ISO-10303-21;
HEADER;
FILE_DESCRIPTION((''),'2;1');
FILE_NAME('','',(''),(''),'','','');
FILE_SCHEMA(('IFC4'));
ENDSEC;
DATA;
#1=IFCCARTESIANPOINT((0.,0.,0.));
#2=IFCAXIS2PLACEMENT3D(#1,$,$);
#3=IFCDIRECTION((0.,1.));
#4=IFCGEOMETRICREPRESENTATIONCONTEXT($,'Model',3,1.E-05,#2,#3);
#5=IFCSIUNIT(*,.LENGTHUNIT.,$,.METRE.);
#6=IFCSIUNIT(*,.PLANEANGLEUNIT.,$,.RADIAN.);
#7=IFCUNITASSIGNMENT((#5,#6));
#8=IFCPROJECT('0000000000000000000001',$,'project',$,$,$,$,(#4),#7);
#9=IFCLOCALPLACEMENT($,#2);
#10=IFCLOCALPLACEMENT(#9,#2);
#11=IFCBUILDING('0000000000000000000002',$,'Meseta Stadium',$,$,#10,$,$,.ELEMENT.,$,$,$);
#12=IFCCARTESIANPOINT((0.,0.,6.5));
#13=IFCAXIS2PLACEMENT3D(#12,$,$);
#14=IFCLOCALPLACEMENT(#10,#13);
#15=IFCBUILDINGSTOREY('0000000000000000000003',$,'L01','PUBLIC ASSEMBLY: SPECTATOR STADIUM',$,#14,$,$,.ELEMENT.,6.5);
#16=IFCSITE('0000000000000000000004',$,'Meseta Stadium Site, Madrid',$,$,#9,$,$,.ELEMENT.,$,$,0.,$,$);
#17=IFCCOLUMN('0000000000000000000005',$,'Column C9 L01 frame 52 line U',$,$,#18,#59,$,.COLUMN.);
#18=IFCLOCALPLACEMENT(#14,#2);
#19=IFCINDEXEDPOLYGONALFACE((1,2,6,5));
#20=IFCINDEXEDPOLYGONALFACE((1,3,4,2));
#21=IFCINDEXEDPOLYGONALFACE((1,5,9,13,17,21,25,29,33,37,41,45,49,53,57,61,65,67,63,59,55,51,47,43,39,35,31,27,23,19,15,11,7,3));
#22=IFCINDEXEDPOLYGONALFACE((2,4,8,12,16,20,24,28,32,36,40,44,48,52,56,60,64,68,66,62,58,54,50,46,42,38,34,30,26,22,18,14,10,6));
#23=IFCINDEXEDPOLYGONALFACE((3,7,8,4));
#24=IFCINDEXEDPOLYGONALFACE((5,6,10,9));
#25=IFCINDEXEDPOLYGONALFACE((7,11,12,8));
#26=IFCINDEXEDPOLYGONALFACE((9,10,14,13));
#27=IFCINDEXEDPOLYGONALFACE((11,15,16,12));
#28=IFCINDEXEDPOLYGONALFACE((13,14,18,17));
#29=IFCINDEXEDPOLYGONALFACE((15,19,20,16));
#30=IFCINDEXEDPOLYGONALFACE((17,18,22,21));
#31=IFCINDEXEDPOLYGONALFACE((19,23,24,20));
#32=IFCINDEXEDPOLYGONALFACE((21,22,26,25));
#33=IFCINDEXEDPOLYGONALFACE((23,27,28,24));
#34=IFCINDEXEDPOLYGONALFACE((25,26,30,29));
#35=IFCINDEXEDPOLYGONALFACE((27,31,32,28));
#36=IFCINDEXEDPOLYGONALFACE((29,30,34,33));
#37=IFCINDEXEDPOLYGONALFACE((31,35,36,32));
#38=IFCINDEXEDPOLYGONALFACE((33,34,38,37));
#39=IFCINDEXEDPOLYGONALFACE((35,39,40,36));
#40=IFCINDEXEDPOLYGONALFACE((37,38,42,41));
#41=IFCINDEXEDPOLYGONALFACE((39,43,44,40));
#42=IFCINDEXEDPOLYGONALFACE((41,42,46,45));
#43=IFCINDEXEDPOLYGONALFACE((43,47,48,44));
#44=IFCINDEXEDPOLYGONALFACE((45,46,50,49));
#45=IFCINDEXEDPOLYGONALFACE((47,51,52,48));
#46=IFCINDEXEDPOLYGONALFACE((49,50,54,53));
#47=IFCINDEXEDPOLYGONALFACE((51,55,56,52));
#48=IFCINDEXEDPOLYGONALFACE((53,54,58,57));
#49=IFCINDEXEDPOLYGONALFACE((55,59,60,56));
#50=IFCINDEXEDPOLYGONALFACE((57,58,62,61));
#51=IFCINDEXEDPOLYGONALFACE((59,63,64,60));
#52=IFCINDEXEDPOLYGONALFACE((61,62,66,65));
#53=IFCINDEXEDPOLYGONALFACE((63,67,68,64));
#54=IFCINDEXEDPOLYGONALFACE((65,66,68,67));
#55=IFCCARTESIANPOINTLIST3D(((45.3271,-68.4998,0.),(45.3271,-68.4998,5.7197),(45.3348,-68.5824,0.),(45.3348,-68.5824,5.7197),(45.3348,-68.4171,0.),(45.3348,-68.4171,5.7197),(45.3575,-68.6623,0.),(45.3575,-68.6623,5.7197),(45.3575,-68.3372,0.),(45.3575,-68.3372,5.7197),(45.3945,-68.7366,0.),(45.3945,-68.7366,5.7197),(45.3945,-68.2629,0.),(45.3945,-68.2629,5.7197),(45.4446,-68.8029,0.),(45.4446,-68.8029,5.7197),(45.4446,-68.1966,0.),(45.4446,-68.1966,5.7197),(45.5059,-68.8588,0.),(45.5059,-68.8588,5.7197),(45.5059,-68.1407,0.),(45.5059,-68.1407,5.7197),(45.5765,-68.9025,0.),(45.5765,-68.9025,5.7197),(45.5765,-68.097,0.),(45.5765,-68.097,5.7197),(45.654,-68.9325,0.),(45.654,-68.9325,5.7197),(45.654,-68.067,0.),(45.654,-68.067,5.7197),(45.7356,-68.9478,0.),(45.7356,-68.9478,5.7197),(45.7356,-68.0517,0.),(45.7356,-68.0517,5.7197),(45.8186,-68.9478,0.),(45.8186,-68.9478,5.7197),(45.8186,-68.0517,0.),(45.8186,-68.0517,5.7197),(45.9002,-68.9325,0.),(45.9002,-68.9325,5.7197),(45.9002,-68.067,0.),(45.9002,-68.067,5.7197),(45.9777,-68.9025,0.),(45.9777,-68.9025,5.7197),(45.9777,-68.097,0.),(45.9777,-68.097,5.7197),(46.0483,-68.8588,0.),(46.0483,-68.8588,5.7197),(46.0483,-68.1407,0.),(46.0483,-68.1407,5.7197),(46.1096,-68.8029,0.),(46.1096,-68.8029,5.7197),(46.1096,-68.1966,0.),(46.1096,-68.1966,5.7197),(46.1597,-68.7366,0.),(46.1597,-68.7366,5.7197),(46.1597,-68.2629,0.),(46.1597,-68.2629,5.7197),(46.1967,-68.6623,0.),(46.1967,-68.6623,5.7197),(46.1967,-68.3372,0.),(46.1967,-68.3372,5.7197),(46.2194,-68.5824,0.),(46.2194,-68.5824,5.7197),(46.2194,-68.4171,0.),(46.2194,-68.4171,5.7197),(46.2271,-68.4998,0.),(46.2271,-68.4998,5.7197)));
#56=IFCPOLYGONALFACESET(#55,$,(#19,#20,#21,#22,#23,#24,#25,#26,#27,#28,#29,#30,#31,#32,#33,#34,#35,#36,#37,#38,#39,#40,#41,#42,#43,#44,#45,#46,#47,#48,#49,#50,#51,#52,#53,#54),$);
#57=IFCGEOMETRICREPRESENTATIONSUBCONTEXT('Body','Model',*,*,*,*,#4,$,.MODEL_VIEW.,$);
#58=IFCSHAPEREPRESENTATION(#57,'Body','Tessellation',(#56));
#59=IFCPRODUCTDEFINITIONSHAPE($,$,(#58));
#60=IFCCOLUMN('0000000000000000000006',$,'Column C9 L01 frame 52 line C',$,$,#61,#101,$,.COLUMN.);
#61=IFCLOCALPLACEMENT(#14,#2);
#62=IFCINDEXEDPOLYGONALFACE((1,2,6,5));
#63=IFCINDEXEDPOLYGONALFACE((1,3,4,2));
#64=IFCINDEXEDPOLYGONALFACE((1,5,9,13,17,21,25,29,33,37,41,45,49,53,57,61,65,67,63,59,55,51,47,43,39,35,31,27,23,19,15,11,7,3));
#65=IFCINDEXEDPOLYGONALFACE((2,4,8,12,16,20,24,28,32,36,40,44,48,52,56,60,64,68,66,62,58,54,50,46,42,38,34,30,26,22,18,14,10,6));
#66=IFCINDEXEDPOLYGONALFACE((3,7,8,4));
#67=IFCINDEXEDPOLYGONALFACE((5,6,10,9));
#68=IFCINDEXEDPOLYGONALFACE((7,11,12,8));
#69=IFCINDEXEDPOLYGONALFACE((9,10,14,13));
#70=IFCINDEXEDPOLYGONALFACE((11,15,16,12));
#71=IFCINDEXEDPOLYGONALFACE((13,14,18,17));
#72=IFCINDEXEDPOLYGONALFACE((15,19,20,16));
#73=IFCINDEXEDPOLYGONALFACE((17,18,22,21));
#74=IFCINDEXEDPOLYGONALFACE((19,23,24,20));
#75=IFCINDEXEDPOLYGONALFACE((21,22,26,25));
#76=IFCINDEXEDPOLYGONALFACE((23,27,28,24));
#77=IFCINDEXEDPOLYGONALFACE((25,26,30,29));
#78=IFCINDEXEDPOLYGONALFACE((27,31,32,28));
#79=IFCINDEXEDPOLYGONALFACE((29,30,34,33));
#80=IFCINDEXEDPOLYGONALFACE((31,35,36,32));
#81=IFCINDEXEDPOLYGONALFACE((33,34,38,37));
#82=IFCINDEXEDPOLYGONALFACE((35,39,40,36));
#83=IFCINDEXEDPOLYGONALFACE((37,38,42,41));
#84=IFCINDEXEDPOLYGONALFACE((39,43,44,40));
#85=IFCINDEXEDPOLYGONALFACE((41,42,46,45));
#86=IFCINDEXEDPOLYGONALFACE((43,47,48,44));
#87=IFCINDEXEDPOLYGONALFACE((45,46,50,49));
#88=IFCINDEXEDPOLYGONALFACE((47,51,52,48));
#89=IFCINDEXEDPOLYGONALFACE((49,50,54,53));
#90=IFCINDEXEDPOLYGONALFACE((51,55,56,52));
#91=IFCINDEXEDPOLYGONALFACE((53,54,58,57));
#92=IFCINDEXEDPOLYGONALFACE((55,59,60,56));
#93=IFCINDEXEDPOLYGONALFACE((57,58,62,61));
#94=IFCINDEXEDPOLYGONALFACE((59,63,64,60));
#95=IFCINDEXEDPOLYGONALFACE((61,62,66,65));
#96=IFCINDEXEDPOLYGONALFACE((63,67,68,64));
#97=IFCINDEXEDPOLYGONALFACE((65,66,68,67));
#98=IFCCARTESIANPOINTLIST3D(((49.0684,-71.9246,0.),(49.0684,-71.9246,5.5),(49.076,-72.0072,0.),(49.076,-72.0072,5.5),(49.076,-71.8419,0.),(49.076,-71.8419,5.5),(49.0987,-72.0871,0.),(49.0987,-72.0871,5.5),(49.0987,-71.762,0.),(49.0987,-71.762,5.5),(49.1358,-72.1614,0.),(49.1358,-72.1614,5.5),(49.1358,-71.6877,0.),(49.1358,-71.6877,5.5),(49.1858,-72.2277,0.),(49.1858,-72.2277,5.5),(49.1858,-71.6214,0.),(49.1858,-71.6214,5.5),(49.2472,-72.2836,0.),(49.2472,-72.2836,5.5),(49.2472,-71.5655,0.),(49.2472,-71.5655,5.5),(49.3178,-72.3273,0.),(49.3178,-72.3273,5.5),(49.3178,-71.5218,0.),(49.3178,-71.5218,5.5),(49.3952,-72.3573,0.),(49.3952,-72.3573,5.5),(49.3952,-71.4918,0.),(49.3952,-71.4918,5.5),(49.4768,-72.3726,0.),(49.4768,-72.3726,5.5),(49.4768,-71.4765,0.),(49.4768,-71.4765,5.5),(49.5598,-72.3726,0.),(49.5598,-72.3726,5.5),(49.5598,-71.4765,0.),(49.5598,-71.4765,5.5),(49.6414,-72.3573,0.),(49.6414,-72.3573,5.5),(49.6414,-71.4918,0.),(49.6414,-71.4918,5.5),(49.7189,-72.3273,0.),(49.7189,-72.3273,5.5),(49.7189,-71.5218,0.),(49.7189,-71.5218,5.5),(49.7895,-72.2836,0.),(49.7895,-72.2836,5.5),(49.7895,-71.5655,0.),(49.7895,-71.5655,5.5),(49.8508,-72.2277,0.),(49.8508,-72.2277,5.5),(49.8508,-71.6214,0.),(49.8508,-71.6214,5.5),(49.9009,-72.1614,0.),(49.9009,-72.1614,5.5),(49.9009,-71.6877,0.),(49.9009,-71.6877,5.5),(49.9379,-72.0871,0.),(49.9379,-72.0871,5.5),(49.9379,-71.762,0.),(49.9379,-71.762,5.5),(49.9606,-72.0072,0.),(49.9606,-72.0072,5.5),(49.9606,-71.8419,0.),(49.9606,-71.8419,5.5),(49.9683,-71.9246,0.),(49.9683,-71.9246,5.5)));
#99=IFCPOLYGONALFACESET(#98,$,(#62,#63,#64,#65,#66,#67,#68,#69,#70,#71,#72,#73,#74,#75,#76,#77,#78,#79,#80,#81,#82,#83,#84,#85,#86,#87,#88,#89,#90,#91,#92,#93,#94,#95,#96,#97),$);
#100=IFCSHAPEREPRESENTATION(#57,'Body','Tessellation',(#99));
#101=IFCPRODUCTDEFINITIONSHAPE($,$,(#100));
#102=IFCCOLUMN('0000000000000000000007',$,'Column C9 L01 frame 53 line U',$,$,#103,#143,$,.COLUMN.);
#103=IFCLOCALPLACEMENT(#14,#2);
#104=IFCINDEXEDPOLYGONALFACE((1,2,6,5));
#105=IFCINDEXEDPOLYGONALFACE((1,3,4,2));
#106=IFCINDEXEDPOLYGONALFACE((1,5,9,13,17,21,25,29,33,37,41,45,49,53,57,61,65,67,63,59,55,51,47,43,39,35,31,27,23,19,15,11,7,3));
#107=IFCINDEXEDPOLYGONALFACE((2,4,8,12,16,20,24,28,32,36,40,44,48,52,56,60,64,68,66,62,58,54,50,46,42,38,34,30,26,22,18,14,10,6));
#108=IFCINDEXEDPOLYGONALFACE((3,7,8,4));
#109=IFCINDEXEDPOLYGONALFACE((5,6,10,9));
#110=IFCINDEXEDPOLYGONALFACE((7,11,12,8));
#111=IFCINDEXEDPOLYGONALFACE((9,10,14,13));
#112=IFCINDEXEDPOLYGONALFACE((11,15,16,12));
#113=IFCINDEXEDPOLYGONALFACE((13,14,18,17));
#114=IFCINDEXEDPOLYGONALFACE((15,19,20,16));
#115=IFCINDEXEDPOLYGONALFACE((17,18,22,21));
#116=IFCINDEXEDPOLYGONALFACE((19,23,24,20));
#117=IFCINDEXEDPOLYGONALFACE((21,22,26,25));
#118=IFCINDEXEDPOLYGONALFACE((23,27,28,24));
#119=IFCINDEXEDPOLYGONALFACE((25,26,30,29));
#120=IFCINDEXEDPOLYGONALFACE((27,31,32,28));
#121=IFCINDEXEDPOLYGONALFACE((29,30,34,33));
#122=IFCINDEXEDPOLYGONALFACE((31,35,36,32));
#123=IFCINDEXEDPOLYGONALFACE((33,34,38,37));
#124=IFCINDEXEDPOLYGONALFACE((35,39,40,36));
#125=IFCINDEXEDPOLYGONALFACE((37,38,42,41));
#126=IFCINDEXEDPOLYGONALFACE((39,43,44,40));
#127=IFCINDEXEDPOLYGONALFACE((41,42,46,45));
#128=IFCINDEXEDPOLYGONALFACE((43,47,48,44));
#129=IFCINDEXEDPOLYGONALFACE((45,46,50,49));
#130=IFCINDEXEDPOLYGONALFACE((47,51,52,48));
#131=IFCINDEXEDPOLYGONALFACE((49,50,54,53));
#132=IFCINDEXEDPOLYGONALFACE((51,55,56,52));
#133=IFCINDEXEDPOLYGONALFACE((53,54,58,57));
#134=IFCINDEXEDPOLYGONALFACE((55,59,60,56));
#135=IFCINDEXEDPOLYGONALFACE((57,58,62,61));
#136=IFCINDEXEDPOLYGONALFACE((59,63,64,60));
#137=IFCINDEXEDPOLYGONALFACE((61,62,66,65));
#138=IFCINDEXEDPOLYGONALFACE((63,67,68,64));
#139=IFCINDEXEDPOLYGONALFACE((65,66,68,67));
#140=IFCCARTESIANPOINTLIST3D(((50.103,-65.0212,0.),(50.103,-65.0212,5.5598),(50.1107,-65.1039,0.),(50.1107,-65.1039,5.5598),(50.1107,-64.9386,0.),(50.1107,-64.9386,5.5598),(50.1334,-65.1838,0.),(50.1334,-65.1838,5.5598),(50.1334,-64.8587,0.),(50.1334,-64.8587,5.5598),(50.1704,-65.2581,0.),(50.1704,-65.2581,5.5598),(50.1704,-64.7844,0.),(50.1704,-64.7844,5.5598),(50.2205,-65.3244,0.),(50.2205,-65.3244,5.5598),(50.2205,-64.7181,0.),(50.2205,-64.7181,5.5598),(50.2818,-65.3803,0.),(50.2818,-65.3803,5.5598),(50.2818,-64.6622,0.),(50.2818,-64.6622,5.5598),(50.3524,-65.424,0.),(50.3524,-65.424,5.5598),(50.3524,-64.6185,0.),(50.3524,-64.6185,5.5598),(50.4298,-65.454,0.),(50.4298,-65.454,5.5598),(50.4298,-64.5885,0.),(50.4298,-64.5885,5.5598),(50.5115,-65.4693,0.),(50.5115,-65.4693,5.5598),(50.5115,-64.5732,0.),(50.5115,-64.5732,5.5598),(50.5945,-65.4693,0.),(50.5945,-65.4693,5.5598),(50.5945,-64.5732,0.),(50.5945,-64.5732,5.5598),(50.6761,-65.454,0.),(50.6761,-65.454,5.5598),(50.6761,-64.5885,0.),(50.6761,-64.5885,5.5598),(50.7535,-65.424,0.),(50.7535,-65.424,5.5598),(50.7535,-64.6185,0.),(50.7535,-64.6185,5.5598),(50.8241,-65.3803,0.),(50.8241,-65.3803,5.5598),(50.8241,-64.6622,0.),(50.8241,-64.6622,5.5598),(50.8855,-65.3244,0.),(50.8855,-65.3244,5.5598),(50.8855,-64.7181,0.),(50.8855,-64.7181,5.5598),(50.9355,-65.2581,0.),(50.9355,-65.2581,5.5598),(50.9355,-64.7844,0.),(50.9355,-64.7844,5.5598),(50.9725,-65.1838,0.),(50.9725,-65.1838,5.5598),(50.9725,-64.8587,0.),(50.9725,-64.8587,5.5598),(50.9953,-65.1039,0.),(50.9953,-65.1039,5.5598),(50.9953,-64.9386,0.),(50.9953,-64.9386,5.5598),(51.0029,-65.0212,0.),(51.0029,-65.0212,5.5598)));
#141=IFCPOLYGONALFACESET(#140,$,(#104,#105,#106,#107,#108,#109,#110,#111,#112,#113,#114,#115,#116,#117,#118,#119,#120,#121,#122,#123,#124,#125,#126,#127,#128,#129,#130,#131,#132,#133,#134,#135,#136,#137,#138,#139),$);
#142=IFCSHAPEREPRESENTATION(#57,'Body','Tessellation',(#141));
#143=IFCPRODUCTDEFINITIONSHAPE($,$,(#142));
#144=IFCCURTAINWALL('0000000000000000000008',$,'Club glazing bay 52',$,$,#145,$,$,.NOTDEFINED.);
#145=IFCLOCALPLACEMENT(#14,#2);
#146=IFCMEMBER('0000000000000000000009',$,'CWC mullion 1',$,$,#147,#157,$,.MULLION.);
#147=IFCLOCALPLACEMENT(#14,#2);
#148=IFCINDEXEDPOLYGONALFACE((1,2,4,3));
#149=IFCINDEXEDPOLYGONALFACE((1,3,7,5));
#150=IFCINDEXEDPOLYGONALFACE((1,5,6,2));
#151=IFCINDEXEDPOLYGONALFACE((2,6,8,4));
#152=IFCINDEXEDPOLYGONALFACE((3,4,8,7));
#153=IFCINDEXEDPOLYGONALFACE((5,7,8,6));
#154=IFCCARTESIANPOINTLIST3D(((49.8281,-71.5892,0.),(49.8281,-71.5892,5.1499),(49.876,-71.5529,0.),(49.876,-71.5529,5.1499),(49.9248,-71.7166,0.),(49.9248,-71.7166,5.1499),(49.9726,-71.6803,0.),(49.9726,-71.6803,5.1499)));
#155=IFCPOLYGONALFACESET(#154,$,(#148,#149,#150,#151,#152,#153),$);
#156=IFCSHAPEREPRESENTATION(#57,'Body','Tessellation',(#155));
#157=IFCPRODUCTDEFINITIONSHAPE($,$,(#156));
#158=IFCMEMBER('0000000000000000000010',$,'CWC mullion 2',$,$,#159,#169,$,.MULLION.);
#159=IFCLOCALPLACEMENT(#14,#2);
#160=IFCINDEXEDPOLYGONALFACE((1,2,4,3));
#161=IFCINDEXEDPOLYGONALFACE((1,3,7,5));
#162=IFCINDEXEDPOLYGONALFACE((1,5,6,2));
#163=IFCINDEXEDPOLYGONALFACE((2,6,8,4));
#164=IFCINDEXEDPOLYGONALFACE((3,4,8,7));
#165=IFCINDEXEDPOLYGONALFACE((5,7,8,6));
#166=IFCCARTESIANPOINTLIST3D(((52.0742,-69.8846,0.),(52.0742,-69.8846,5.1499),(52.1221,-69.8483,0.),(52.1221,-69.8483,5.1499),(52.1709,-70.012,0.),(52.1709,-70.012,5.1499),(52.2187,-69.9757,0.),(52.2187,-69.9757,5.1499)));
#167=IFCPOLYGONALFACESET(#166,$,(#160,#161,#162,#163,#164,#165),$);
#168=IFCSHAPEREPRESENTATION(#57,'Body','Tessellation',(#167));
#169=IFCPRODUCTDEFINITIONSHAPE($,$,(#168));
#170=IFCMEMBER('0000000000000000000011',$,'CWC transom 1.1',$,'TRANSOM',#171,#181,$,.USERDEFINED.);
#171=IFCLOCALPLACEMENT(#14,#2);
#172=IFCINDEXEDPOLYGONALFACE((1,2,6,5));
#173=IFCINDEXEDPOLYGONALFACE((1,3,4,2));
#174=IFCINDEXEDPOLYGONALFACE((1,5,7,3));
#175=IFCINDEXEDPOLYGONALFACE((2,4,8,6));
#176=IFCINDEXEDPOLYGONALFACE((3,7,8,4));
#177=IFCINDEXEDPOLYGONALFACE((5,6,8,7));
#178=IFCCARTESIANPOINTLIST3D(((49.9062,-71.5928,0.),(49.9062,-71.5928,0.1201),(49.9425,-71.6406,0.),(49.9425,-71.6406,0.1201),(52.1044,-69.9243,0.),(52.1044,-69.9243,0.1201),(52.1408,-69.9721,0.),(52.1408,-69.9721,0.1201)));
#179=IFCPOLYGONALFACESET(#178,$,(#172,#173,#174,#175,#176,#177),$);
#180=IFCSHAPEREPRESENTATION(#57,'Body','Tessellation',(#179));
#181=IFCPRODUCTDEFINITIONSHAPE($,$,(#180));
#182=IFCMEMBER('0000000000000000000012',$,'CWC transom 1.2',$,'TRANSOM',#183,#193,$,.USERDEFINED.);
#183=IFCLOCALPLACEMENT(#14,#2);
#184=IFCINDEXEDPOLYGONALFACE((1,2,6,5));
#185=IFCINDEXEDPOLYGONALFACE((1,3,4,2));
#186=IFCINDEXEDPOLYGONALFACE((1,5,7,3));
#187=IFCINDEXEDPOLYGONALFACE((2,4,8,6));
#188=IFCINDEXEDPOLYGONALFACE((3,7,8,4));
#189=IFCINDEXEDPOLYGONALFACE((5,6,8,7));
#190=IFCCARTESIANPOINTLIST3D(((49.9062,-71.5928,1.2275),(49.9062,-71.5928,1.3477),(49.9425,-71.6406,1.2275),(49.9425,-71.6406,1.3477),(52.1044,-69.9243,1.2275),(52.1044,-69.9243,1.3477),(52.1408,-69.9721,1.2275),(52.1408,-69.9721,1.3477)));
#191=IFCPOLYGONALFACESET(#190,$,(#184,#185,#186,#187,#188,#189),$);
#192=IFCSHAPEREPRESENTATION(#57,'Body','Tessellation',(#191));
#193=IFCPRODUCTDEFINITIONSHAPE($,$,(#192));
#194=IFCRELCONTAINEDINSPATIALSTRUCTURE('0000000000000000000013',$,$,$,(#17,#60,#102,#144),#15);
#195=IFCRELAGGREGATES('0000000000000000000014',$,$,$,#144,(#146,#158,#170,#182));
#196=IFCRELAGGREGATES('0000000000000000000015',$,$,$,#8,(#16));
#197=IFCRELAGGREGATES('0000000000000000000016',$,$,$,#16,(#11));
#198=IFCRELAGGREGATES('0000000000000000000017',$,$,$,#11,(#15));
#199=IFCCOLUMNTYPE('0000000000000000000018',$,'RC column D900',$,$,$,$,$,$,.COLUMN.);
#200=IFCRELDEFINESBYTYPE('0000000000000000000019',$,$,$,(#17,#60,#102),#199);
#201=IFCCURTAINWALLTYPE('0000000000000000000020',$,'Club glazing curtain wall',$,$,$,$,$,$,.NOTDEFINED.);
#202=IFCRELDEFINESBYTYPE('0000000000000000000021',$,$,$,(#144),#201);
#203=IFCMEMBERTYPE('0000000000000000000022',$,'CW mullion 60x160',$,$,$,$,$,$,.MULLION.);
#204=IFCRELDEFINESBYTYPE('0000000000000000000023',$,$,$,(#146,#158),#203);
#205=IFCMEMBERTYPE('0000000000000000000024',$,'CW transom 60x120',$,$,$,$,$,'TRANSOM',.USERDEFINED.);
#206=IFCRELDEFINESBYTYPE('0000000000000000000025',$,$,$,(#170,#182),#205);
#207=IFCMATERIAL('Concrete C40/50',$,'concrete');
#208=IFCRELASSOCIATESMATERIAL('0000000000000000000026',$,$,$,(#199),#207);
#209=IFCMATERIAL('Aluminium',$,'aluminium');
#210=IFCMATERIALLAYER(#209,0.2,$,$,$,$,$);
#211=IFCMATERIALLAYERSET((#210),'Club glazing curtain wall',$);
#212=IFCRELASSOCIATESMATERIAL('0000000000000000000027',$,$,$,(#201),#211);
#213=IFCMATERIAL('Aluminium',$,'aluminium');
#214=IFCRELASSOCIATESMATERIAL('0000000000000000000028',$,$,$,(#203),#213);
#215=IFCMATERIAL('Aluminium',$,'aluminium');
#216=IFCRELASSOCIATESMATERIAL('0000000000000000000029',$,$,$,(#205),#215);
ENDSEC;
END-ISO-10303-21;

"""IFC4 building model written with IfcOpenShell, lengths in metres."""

from ifc_helpers import new_model, si_unit, direction, frame, origin, origin_2d, place, context, subcontext, project, spatial, rectangle, circle, extrude, material, layer, layer_set, material_profile, profile_set, type_object, element, aggregate, save


model = new_model("IFC4")

# Units and contexts
model_context = context("Model", 3, precision=1e-05, world=origin(), true_north=direction((0.0, 1.0)))
body_context = subcontext(model_context, "Body", "Model", "MODEL_VIEW")
ifc_project = project(units=[si_unit("LENGTHUNIT", "METRE"), si_unit("PLANEANGLEUNIT", "RADIAN")], contexts=[model_context])

# Site, building, storey
site_placement = place(None, origin())
site = spatial("IfcSite", under=ifc_project, at=site_placement, Name="Meseta Stadium Site, Madrid", CompositionType="ELEMENT", RefElevation=0.0)
building_placement = place(site_placement, origin())
building = spatial("IfcBuilding", under=site, at=building_placement, Name="Meseta Stadium", CompositionType="ELEMENT")
storey_placement = place(building_placement, frame((0.0, 0.0, 6.5)))
storey = spatial("IfcBuildingStorey", under=building, at=storey_placement, Name="L01", Description="PUBLIC ASSEMBLY: SPECTATOR STADIUM", CompositionType="ELEMENT", Elevation=6.5)

# Columns
ifc_material_1 = material(Name="Concrete C40/50", Category="concrete")
ifc_material_profile_1 = material_profile(ifc_material_1, circle(Radius=0.45, at=origin_2d()), Name="RC D900")
ifc_profile_set_1 = profile_set([ifc_material_profile_1], Name="Concrete C40/50")
column_type = type_object("IfcColumnType", Name="RC column D900", PredefinedType="COLUMN", material=ifc_profile_set_1)
column_1_placement = place(storey_placement, frame((45.7771, -68.4998, 0.0), z_axis=(0.0, 0.0, 1.0), x_axis=(1.0, 0.0, 0.0)))
element("IfcColumn", 1, at=column_1_placement, inside=storey, type_object=column_type, Name="Column C9 L01 frame 52 line U", PredefinedType="COLUMN", context=body_context, shape_type="SweptSolid", body=[
    extrude(circle(Radius=0.45, at=origin_2d()), origin(), (0.0, 0.0, 1.0), 5.7197),
])
column_2_placement = place(storey_placement, frame((49.5183, -71.9246, 0.0), z_axis=(0.0, 0.0, 1.0), x_axis=(1.0, 0.0, 0.0)))
element("IfcColumn", 2, at=column_2_placement, inside=storey, type_object=column_type, Name="Column C9 L01 frame 52 line C", PredefinedType="COLUMN", context=body_context, shape_type="SweptSolid", body=[
    extrude(circle(Radius=0.45, at=origin_2d()), origin(), (0.0, 0.0, 1.0), 5.5),
])
column_3_placement = place(storey_placement, frame((50.553, -65.0212, 0.0), z_axis=(0.0, 0.0, 1.0), x_axis=(1.0, 0.0, 0.0)))
element("IfcColumn", 3, at=column_3_placement, inside=storey, type_object=column_type, Name="Column C9 L01 frame 53 line U", PredefinedType="COLUMN", context=body_context, shape_type="SweptSolid", body=[
    extrude(circle(Radius=0.45, at=origin_2d()), origin(), (0.0, 0.0, 1.0), 5.5598),
])

# Curtain wall, members
ifc_material_2 = material(Name="Aluminium", Category="aluminium")
ifc_layer_1 = layer(ifc_material_2, 0.2)
ifc_layer_set_1 = layer_set([ifc_layer_1], Name="Club glazing curtain wall")
curtain_wall_type = type_object("IfcCurtainWallType", Name="Club glazing curtain wall", PredefinedType="NOTDEFINED", material=ifc_layer_set_1)
curtain_wall_placement = place(storey_placement, origin())
curtain_wall = element("IfcCurtainWall", 4, at=curtain_wall_placement, inside=storey, type_object=curtain_wall_type, Name="Club glazing bay 52", PredefinedType="NOTDEFINED")
ifc_material_3 = material(Name="Aluminium", Category="aluminium")
ifc_material_profile_2 = material_profile(ifc_material_3, rectangle(XDim=0.1599, YDim=0.0601, at=origin_2d()), Name="CW 160x60")
ifc_profile_set_2 = profile_set([ifc_material_profile_2], Name="Aluminium")
member_type_1 = type_object("IfcMemberType", Name="CW mullion 60x160", PredefinedType="MULLION", material=ifc_profile_set_2)
member_1_placement = place(storey_placement, frame((49.9004, -71.6348, 0.0), z_axis=(0.0, 0.0, 1.0), x_axis=(-0.60452, 0.79659, 0.0)))
member_1 = element("IfcMember", 5, at=member_1_placement, type_object=member_type_1, Name="CWC mullion 1", PredefinedType="MULLION", context=body_context, shape_type="SweptSolid", body=[
    extrude(rectangle(XDim=0.1599, YDim=0.0601, at=origin_2d()), origin(), (0.0, 0.0, 1.0), 5.1499),
])
member_2_placement = place(storey_placement, frame((52.1465, -69.9302, 0.0), z_axis=(0.0, 0.0, 1.0), x_axis=(-0.60452, 0.79659, 0.0)))
member_2 = element("IfcMember", 6, at=member_2_placement, type_object=member_type_1, Name="CWC mullion 2", PredefinedType="MULLION", context=body_context, shape_type="SweptSolid", body=[
    extrude(rectangle(XDim=0.1599, YDim=0.0601, at=origin_2d()), origin(), (0.0, 0.0, 1.0), 5.1499),
])
ifc_material_4 = material(Name="Aluminium", Category="aluminium")
ifc_material_profile_3 = material_profile(ifc_material_4, rectangle(XDim=0.0601, YDim=0.1201, at=origin_2d()), Name="CW 60x120")
ifc_profile_set_3 = profile_set([ifc_material_profile_3], Name="Aluminium")
member_type_2 = type_object("IfcMemberType", Name="CW transom 60x120", ElementType="TRANSOM", PredefinedType="USERDEFINED", material=ifc_profile_set_3)
member_3_placement = place(storey_placement, frame((49.9243, -71.6167, 0.0601), z_axis=(0.796547, 0.604576, 0.0), x_axis=(-0.604576, 0.796547, 0.0)))
member_3 = element("IfcMember", 7, at=member_3_placement, type_object=member_type_2, Name="CWC transom 1.1", ObjectType="TRANSOM", PredefinedType="USERDEFINED", context=body_context, shape_type="SweptSolid", body=[
    extrude(rectangle(XDim=0.0601, YDim=0.1201, at=origin_2d()), origin(), (0.0, 0.0, 1.0), 2.7598),
])
member_4_placement = place(storey_placement, frame((49.9243, -71.6167, 1.2876), z_axis=(0.796547, 0.604576, 0.0), x_axis=(-0.604576, 0.796547, 0.0)))
member_4 = element("IfcMember", 8, at=member_4_placement, type_object=member_type_2, Name="CWC transom 1.2", ObjectType="TRANSOM", PredefinedType="USERDEFINED", context=body_context, shape_type="SweptSolid", body=[
    extrude(rectangle(XDim=0.0601, YDim=0.1201, at=origin_2d()), origin(), (0.0, 0.0, 1.0), 2.7598),
])

aggregate(curtain_wall, [member_1, member_2, member_3, member_4])

save(model, "model.ifc")
